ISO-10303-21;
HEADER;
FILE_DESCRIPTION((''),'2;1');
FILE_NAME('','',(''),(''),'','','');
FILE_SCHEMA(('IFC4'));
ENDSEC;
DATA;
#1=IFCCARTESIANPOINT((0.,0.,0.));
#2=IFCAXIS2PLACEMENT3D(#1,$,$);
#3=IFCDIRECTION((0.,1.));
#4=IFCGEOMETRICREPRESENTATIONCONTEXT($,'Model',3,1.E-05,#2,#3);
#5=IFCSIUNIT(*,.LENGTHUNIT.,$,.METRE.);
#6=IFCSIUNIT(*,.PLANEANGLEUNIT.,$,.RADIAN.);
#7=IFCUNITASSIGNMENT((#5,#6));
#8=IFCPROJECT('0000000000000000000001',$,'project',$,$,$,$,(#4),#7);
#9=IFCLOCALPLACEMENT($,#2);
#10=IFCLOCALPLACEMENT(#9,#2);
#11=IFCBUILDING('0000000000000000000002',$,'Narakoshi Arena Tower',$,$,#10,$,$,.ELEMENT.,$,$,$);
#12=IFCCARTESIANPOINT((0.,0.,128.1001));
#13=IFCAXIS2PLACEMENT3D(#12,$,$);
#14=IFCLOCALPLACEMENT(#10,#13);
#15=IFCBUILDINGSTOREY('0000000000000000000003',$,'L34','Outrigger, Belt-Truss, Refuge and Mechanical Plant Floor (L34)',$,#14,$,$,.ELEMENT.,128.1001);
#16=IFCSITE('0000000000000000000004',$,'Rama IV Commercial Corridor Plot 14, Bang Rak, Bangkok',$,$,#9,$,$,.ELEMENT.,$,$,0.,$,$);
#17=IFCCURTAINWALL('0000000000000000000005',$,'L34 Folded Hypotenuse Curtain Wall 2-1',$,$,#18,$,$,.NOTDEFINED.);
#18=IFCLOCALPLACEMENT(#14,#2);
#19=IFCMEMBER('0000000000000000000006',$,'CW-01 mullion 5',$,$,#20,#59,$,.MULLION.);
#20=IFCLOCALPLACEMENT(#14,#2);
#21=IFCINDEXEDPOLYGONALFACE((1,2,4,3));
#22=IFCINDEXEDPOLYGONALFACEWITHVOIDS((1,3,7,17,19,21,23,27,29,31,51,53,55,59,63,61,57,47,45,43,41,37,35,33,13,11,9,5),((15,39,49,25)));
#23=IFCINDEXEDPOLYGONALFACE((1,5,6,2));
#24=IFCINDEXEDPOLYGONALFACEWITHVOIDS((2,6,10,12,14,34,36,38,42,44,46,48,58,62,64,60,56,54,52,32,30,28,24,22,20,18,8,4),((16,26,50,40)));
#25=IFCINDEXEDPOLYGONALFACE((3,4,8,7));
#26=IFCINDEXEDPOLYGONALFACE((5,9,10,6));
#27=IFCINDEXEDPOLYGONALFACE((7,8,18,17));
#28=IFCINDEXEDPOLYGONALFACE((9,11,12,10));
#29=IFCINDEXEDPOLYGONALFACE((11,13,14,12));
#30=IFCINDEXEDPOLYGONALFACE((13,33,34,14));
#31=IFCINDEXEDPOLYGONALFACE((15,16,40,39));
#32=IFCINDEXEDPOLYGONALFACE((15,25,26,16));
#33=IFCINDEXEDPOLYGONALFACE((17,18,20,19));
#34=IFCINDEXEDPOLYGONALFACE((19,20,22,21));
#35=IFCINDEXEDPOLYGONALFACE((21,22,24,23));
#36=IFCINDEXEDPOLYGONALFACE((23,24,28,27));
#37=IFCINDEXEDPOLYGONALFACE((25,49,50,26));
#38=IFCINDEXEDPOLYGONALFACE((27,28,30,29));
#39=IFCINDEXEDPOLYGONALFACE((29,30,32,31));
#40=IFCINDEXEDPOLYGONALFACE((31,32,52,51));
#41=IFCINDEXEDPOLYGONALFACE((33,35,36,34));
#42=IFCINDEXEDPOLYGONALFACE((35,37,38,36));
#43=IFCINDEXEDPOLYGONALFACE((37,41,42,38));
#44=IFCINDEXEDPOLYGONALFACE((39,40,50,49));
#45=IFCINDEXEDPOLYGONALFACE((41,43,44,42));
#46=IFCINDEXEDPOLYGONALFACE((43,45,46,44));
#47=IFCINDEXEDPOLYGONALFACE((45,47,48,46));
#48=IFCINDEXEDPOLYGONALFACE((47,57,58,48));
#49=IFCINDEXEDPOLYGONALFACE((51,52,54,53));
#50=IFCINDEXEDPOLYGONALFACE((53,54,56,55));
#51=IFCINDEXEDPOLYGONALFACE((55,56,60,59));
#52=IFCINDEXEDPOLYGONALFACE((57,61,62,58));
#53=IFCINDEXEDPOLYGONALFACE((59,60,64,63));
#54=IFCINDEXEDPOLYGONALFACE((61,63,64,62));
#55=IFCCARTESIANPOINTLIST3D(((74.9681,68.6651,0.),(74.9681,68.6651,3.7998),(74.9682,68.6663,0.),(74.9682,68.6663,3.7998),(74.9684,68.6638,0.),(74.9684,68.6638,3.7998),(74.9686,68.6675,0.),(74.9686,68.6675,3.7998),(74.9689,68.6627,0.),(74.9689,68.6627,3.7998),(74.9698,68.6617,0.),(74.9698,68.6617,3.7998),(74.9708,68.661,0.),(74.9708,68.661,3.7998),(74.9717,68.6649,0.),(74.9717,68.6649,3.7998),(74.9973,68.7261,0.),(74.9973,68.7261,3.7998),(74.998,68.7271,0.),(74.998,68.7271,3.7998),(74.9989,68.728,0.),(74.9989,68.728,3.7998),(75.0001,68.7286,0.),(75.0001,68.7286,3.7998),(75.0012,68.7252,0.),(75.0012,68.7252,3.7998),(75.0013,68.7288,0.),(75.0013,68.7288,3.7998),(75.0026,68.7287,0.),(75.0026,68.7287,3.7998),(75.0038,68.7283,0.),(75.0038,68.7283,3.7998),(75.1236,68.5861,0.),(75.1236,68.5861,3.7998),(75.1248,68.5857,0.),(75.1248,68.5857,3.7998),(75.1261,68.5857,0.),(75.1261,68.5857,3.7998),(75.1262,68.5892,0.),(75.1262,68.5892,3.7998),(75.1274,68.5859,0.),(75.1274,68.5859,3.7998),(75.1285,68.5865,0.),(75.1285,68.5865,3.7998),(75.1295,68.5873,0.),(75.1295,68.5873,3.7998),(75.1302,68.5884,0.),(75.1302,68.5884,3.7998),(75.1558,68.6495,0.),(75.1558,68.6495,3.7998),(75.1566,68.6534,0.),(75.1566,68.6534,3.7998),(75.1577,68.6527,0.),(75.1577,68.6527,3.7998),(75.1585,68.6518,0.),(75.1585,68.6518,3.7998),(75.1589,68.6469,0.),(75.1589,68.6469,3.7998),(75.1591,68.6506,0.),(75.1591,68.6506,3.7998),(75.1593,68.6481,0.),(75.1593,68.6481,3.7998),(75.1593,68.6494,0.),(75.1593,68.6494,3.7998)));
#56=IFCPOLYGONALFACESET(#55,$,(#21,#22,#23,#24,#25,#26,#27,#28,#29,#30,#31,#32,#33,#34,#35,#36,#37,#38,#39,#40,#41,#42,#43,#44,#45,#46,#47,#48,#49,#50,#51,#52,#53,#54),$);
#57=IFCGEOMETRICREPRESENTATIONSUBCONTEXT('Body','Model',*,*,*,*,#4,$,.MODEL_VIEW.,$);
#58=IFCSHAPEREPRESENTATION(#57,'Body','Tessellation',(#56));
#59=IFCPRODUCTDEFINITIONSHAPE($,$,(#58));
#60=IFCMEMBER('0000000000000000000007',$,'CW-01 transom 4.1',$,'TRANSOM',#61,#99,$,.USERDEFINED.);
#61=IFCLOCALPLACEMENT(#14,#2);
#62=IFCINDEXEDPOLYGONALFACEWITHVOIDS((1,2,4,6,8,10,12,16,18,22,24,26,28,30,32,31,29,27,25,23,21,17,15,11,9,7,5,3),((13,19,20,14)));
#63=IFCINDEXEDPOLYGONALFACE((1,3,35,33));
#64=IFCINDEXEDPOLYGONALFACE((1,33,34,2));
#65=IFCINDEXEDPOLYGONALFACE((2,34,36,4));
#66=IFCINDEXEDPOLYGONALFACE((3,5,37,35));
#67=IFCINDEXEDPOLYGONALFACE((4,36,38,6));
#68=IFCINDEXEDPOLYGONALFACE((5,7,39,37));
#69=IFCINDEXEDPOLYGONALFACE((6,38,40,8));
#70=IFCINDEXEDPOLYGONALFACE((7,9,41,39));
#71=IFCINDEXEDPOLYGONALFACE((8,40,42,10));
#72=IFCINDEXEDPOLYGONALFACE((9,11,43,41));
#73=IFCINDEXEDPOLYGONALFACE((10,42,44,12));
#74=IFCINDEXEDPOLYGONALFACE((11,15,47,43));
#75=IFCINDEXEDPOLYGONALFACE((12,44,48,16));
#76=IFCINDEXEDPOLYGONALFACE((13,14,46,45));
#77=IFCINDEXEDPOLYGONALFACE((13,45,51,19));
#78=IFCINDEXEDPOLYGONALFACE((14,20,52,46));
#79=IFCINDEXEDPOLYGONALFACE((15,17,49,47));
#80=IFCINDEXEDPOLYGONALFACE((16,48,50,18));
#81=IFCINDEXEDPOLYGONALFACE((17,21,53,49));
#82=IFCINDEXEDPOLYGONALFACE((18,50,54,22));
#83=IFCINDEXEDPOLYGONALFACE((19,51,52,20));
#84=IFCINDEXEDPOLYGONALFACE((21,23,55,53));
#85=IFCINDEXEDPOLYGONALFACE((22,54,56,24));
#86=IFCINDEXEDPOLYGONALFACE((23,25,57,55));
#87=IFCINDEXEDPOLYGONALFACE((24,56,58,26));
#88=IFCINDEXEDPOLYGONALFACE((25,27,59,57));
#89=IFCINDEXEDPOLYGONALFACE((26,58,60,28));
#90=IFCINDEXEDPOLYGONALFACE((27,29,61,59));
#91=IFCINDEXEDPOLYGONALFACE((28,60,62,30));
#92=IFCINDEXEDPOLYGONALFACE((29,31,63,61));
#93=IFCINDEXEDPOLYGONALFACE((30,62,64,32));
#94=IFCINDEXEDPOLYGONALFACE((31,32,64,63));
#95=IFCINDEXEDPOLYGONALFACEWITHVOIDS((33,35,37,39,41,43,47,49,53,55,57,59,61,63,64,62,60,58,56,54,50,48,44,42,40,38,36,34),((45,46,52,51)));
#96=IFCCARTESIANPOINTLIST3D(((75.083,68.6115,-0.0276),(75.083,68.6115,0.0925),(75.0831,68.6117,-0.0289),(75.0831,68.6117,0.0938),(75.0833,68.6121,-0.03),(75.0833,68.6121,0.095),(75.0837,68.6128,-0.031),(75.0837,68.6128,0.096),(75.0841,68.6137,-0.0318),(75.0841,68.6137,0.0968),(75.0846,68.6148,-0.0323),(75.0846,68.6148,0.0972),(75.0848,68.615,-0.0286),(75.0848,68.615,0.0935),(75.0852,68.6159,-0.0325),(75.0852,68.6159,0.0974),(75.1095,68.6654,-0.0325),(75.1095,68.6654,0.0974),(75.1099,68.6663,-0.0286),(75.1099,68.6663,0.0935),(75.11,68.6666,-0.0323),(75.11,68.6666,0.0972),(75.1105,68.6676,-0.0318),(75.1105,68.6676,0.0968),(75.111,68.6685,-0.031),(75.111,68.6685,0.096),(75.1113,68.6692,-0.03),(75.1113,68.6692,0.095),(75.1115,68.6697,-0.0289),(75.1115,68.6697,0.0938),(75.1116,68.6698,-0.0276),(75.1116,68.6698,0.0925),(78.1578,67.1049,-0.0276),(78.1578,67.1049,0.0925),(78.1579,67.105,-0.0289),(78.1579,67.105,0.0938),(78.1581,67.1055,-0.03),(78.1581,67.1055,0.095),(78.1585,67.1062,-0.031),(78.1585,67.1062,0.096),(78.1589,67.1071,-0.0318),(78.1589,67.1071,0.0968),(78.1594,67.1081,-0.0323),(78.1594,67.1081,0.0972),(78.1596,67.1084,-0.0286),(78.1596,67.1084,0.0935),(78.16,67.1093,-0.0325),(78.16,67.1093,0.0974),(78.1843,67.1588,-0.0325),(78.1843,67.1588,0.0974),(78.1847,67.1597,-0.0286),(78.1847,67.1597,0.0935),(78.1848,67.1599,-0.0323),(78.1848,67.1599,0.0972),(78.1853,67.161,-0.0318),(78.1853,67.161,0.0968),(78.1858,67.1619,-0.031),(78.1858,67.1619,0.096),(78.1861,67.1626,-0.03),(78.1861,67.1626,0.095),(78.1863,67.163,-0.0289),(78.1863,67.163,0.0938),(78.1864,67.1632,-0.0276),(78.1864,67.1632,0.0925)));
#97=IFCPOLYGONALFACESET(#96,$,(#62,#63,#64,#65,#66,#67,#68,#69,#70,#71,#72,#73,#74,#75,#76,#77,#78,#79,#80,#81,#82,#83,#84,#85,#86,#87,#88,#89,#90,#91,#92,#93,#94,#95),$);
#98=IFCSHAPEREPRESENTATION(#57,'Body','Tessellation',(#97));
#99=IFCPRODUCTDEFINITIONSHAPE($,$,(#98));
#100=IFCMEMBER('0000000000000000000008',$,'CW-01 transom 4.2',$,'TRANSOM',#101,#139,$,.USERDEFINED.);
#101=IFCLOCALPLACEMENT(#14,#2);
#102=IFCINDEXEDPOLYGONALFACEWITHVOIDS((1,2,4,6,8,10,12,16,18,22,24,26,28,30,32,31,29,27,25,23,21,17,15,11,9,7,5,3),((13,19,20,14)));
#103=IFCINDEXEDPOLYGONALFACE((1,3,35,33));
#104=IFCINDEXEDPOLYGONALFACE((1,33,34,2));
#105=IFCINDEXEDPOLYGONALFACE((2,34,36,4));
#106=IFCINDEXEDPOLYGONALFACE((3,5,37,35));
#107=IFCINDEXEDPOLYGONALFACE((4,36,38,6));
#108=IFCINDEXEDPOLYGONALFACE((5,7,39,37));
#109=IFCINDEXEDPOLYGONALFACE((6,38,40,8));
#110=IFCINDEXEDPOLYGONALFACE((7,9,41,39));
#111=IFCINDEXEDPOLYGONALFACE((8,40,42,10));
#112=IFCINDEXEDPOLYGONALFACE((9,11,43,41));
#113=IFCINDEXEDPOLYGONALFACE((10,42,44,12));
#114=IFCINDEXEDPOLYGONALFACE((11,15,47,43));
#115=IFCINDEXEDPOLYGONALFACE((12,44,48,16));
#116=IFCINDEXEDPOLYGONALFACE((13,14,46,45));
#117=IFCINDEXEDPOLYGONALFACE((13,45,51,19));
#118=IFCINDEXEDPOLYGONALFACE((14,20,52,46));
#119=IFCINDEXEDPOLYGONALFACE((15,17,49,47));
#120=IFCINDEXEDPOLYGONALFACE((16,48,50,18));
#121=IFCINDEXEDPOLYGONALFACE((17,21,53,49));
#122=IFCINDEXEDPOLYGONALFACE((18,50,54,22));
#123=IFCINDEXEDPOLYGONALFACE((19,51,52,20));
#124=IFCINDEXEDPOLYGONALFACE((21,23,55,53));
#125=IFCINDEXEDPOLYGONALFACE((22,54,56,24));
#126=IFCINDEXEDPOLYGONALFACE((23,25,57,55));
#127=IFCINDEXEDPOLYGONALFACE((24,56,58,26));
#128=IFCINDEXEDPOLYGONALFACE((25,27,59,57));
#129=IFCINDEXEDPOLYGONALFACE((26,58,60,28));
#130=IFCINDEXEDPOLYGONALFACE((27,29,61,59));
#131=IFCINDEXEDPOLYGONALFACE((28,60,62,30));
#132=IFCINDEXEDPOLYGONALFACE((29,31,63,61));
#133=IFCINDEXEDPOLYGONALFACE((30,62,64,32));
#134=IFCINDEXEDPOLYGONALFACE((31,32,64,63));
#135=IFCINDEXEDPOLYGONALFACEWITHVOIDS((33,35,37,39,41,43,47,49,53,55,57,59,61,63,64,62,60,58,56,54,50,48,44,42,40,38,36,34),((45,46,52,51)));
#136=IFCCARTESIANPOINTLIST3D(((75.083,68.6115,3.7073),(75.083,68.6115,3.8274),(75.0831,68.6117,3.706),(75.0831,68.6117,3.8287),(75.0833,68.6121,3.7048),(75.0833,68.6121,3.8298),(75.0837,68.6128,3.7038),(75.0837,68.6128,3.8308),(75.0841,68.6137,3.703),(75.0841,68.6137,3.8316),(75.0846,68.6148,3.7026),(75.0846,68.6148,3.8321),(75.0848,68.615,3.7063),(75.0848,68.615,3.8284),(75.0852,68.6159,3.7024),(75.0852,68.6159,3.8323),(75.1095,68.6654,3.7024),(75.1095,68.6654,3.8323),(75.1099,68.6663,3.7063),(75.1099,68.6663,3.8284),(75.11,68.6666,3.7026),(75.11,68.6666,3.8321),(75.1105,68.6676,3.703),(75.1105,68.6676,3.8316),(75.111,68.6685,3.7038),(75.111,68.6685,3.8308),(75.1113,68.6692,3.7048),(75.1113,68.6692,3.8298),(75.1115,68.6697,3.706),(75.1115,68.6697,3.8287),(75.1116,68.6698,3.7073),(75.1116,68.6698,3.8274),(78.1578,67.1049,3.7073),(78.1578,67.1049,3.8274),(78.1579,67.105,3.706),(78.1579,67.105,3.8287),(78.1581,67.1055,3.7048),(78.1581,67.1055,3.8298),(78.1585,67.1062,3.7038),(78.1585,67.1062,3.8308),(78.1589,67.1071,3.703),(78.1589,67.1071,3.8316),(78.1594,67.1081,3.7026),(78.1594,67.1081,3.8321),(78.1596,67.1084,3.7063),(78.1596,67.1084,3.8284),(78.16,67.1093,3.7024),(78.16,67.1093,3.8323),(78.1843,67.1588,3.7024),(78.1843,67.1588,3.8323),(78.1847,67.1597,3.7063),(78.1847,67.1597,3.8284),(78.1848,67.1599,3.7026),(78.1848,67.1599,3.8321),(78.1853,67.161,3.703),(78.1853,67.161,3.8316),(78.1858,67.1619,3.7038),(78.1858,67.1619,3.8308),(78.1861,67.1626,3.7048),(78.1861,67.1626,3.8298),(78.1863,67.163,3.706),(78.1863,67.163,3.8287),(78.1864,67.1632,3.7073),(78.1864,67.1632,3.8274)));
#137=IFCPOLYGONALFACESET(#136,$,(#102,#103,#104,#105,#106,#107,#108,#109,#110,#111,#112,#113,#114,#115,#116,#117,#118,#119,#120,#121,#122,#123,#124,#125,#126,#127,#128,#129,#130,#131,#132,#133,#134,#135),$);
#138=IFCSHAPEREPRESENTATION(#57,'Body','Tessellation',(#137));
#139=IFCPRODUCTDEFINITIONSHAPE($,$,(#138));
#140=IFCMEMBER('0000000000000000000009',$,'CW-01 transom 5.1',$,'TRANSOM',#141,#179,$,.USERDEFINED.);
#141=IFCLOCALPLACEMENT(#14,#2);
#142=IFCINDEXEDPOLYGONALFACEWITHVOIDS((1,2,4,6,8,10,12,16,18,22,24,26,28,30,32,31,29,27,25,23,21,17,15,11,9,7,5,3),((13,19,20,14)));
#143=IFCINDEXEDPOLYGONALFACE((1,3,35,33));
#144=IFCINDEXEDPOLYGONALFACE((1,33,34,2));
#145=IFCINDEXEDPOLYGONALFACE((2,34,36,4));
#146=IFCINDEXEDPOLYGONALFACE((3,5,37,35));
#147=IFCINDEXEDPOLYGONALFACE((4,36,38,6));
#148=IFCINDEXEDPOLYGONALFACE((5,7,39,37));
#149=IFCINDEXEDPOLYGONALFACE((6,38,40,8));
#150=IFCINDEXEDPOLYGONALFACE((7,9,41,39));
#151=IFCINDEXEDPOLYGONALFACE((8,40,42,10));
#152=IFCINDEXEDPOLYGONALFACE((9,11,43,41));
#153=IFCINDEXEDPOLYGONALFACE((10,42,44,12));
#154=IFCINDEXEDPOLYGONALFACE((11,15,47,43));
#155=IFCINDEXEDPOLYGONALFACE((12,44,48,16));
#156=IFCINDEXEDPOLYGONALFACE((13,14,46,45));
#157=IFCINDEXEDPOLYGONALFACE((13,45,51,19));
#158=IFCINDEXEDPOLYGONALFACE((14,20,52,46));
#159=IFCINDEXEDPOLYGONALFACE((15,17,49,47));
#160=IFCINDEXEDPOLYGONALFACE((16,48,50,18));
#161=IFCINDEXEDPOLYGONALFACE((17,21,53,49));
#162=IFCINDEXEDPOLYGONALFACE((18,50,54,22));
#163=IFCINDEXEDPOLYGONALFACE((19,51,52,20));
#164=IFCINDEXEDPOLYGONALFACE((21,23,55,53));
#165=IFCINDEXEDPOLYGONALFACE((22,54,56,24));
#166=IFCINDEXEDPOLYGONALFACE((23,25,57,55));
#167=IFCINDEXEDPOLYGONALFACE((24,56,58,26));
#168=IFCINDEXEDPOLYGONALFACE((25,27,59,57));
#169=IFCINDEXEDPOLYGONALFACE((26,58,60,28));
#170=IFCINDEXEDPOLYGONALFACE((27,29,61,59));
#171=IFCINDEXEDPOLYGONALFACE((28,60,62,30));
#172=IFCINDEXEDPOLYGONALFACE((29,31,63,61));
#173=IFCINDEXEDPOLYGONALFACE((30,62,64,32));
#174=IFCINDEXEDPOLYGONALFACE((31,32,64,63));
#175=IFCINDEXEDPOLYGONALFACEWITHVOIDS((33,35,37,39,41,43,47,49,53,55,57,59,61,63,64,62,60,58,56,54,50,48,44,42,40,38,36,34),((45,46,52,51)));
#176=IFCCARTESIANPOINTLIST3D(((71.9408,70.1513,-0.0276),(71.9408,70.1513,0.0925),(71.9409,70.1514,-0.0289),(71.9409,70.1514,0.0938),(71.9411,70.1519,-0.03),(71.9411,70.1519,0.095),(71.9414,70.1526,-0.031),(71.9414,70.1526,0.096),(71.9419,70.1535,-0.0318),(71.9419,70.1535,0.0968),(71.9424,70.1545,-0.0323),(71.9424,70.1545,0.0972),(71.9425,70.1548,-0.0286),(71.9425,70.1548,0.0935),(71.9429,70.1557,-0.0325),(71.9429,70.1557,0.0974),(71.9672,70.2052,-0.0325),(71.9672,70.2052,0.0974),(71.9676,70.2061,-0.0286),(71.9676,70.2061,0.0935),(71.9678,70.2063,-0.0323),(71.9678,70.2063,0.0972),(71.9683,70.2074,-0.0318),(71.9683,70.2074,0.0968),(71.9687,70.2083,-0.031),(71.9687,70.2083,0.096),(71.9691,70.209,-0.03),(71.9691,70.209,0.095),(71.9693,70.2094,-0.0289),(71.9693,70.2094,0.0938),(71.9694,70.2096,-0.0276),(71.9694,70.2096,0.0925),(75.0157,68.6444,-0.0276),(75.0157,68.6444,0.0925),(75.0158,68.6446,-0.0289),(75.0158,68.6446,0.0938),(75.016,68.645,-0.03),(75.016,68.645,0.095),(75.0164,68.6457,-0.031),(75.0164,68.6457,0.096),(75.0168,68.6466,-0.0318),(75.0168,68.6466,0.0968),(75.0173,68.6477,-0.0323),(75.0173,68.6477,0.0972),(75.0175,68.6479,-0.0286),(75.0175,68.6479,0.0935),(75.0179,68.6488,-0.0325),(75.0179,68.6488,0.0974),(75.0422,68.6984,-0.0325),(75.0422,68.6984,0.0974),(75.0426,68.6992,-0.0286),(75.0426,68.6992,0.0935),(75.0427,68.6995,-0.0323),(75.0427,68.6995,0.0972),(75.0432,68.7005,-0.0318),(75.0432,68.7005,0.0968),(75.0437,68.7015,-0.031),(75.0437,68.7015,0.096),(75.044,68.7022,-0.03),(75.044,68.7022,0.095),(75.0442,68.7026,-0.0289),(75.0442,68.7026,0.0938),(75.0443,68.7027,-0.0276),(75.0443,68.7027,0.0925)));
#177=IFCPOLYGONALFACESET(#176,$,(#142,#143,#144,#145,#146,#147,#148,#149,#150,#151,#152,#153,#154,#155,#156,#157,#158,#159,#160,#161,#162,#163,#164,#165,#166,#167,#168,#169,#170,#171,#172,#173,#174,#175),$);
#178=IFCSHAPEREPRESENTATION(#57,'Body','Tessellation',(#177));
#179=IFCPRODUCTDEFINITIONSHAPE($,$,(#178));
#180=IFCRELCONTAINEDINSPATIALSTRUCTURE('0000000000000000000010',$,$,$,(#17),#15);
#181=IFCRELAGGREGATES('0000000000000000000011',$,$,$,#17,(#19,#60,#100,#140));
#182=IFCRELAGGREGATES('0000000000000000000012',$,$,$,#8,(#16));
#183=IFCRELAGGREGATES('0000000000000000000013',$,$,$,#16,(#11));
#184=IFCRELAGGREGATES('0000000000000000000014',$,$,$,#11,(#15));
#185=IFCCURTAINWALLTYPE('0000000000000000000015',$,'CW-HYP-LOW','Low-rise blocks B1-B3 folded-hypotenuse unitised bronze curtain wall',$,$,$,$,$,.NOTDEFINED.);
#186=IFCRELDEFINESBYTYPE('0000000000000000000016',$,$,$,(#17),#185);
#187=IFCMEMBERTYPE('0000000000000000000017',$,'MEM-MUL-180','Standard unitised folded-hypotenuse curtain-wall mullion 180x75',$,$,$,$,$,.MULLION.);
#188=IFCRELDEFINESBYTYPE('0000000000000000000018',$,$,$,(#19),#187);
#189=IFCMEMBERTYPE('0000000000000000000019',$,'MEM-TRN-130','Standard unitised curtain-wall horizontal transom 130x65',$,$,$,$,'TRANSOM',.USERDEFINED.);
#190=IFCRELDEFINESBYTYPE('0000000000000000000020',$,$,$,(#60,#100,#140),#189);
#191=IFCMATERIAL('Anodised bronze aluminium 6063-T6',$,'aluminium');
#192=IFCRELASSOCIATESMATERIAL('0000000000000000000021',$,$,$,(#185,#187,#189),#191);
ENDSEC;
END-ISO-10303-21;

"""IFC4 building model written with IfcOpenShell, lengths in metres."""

from ifc_helpers import new_model, si_unit, direction, frame, origin, origin_2d, place, context, subcontext, project, spatial, hollow_rectangle, extrude, material, material_profile, profile_set, type_object, element, aggregate, save


model = new_model("IFC4")

# Units and contexts
model_context = context("Model", 3, precision=1e-05, world=origin(), true_north=direction((0.0, 1.0)))
body_context = subcontext(model_context, "Body", "Model", "MODEL_VIEW")
ifc_project = project(units=[si_unit("LENGTHUNIT", "METRE"), si_unit("PLANEANGLEUNIT", "RADIAN")], contexts=[model_context])

# Site, building, storey
site_placement = place(None, origin())
site = spatial("IfcSite", under=ifc_project, at=site_placement, Name="Rama IV Commercial Corridor Plot 14, Bang Rak, Bangkok", CompositionType="ELEMENT", RefElevation=0.0)
building_placement = place(site_placement, origin())
building = spatial("IfcBuilding", under=site, at=building_placement, Name="Narakoshi Arena Tower", CompositionType="ELEMENT")
storey_placement = place(building_placement, frame((0.0, 0.0, 128.1001)))
storey = spatial("IfcBuildingStorey", under=building, at=storey_placement, Name="L34", Description="Outrigger, Belt-Truss, Refuge and Mechanical Plant Floor (L34)", CompositionType="ELEMENT", Elevation=128.1001)

# Curtain wall, members
ifc_material_1 = material(Name="Anodised bronze aluminium 6063-T6", Category="aluminium")
curtain_wall_type = type_object("IfcCurtainWallType", Name="CW-HYP-LOW", Description="Low-rise blocks B1-B3 folded-hypotenuse unitised bronze curtain wall", PredefinedType="NOTDEFINED", material=ifc_material_1)
curtain_wall_placement = place(storey_placement, origin())
curtain_wall = element("IfcCurtainWall", 1, at=curtain_wall_placement, inside=storey, type_object=curtain_wall_type, Name="L34 Folded Hypotenuse Curtain Wall 2-1", PredefinedType="NOTDEFINED")
ifc_material_profile_1 = material_profile(ifc_material_1, hollow_rectangle(XDim=0.075, YDim=0.1799, WallThickness=0.0039, OuterFilletRadius=0.0049, at=origin_2d()), Name="MUL180x75x4")
ifc_profile_set_1 = profile_set([ifc_material_profile_1], Name="Anodised bronze aluminium 6063-T6")
member_type_1 = type_object("IfcMemberType", Name="MEM-MUL-180", Description="Standard unitised folded-hypotenuse curtain-wall mullion 180x75", PredefinedType="MULLION", material=ifc_profile_set_1)
member_1_placement = place(storey_placement, frame((75.0637, 68.6572, 0.0), z_axis=(0.0, 0.0, 1.0), x_axis=(-0.440004, -0.897996, 0.0)))
member_1 = element("IfcMember", 2, at=member_1_placement, type_object=member_type_1, Name="CW-01 mullion 5", PredefinedType="MULLION", context=body_context, shape_type="SweptSolid", body=[
    extrude(hollow_rectangle(XDim=0.075, YDim=0.1799, WallThickness=0.0039, OuterFilletRadius=0.0049, at=origin_2d()), origin(), (0.0, 0.0, 1.0), 3.7998),
])
ifc_material_profile_2 = material_profile(ifc_material_1, hollow_rectangle(XDim=0.0649, YDim=0.1299, WallThickness=0.0039, OuterFilletRadius=0.0049, at=origin_2d()), Name="TRN130x65x4")
ifc_profile_set_2 = profile_set([ifc_material_profile_2], Name="Anodised bronze aluminium 6063-T6")
member_type_2 = type_object("IfcMemberType", Name="MEM-TRN-130", Description="Standard unitised curtain-wall horizontal transom 130x65", ElementType="TRANSOM", PredefinedType="USERDEFINED", material=ifc_profile_set_2)
member_2_placement = place(storey_placement, frame((78.1721, 67.134, 0.0325), z_axis=(-0.897992, 0.440012, 0.0), x_axis=(-0.440012, -0.897992, 0.0)))
member_2 = element("IfcMember", 3, at=member_2_placement, type_object=member_type_2, Name="CW-01 transom 4.1", ObjectType="TRANSOM", PredefinedType="USERDEFINED", context=body_context, shape_type="SweptSolid", body=[
    extrude(hollow_rectangle(XDim=0.0649, YDim=0.1299, WallThickness=0.0039, OuterFilletRadius=0.0049, at=origin_2d()), origin(), (0.0, 0.0, 1.0), 3.4241),
])
member_3_placement = place(storey_placement, frame((78.1721, 67.134, 3.7673), z_axis=(-0.897992, 0.440012, 0.0), x_axis=(-0.440012, -0.897992, 0.0)))
member_3 = element("IfcMember", 4, at=member_3_placement, type_object=member_type_2, Name="CW-01 transom 4.2", ObjectType="TRANSOM", PredefinedType="USERDEFINED", context=body_context, shape_type="SweptSolid", body=[
    extrude(hollow_rectangle(XDim=0.0649, YDim=0.1299, WallThickness=0.0039, OuterFilletRadius=0.0049, at=origin_2d()), origin(), (0.0, 0.0, 1.0), 3.4241),
])
member_4_placement = place(storey_placement, frame((75.03, 68.6736, 0.0325), z_axis=(-0.897978, 0.440041, 0.0), x_axis=(-0.440041, -0.897978, 0.0)))
member_4 = element("IfcMember", 5, at=member_4_placement, type_object=member_type_2, Name="CW-01 transom 5.1", ObjectType="TRANSOM", PredefinedType="USERDEFINED", context=body_context, shape_type="SweptSolid", body=[
    extrude(hollow_rectangle(XDim=0.0649, YDim=0.1299, WallThickness=0.0039, OuterFilletRadius=0.0049, at=origin_2d()), origin(), (0.0, 0.0, 1.0), 3.4243),
])
aggregate(curtain_wall, [member_1, member_2, member_3, member_4])

save(model, "model.ifc")
